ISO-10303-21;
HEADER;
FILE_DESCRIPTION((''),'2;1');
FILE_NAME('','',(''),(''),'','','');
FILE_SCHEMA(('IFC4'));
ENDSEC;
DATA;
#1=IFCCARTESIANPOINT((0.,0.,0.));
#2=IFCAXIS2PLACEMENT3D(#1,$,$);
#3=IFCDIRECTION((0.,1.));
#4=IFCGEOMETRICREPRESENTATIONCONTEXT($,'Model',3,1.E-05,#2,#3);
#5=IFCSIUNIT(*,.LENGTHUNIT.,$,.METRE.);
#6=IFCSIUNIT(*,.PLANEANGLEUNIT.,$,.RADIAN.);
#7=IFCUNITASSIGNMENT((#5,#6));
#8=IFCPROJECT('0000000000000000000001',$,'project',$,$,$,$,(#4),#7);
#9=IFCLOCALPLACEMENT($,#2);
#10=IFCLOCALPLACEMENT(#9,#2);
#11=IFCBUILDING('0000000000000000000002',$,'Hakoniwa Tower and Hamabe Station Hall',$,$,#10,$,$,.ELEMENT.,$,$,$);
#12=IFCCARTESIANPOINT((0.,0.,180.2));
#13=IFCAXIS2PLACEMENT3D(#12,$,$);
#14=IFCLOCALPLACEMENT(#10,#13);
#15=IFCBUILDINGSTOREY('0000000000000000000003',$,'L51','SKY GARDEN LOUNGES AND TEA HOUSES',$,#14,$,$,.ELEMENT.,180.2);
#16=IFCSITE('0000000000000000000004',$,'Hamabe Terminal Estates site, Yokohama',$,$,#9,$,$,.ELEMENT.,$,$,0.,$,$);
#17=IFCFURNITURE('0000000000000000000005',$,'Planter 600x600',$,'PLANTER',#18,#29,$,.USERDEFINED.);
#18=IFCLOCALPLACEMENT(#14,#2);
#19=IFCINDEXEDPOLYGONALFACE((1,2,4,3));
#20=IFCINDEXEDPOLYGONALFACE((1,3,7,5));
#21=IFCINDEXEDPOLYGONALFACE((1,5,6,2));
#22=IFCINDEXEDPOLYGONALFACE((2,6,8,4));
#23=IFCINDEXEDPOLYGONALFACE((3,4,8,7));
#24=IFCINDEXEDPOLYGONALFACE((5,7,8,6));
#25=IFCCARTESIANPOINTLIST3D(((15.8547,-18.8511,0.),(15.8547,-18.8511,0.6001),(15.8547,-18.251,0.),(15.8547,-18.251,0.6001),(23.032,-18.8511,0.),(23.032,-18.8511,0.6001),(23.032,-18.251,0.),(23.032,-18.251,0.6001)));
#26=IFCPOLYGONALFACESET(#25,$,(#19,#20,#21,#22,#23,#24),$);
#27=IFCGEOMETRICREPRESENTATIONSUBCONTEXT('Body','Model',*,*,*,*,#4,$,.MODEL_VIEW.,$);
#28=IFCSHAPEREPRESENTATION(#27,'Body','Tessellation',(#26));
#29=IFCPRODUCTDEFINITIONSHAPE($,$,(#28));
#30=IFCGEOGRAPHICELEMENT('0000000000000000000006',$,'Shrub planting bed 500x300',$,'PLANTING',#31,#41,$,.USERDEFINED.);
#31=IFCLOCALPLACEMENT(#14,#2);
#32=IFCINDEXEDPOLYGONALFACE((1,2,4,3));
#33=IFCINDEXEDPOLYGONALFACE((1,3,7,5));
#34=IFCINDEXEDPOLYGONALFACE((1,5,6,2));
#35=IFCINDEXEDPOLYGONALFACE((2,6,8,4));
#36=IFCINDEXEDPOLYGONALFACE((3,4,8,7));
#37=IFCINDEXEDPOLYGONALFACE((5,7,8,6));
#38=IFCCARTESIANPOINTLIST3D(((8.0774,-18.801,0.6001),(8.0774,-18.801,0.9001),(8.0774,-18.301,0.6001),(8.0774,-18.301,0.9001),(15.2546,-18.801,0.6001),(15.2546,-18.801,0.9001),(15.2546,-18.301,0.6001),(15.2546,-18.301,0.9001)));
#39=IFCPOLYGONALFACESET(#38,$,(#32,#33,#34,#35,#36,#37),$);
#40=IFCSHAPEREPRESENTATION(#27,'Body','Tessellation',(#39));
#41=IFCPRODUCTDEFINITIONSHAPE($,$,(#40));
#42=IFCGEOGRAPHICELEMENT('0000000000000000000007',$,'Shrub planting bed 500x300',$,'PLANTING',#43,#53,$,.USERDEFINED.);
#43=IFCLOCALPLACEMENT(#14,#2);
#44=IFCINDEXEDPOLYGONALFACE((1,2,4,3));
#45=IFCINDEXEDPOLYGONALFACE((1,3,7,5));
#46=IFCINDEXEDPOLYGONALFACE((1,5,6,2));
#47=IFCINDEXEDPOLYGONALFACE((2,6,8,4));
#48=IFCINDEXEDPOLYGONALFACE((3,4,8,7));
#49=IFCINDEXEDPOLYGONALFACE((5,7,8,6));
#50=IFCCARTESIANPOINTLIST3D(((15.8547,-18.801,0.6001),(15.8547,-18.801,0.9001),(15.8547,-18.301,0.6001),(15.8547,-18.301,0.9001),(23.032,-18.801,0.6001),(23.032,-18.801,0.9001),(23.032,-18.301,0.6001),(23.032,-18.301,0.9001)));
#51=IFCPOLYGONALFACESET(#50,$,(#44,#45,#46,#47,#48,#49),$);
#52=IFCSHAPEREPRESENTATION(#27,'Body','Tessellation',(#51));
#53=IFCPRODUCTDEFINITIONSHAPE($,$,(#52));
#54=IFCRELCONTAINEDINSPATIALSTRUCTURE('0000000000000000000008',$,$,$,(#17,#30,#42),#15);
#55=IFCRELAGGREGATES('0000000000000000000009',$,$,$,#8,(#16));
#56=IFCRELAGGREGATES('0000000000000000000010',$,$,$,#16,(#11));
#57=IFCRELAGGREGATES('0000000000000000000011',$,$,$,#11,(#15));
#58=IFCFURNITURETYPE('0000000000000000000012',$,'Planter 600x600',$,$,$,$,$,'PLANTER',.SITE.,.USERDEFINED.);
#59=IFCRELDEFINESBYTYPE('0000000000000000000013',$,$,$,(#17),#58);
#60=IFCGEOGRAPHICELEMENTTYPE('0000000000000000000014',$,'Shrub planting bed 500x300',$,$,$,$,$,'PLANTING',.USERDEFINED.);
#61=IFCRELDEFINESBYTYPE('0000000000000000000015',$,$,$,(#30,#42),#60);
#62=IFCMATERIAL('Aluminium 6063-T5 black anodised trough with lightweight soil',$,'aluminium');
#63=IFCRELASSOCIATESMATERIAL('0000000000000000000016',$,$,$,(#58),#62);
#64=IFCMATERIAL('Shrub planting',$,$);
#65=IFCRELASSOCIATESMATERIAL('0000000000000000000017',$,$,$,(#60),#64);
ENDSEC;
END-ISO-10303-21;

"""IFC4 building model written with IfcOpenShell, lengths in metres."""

from ifc_helpers import new_model, si_unit, direction, frame, origin, origin_2d, place, context, subcontext, project, spatial, rectangle, extrude, material, type_object, element, save


model = new_model("IFC4")

# Units and contexts
model_context = context("Model", 3, precision=1e-05, world=origin(), true_north=direction((0.0, 1.0)))
body_context = subcontext(model_context, "Body", "Model", "MODEL_VIEW")
ifc_project = project(units=[si_unit("LENGTHUNIT", "METRE"), si_unit("PLANEANGLEUNIT", "RADIAN")], contexts=[model_context])

# Site, building, storey
site_placement = place(None, origin())
site = spatial("IfcSite", under=ifc_project, at=site_placement, Name="Hamabe Terminal Estates site, Yokohama", CompositionType="ELEMENT", RefElevation=0.0)
building_placement = place(site_placement, origin())
building = spatial("IfcBuilding", under=site, at=building_placement, Name="Hakoniwa Tower and Hamabe Station Hall", CompositionType="ELEMENT")
storey_placement = place(building_placement, frame((0.0, 0.0, 180.2)))
storey = spatial("IfcBuildingStorey", under=building, at=storey_placement, Name="L51", Description="SKY GARDEN LOUNGES AND TEA HOUSES", CompositionType="ELEMENT", Elevation=180.2)

# Furniture
ifc_material_1 = material(Name="Aluminium 6063-T5 black anodised trough with lightweight soil", Category="aluminium")
furniture_type = type_object("IfcFurnitureType", Name="Planter 600x600", ElementType="PLANTER", AssemblyPlace="SITE", PredefinedType="USERDEFINED", material=ifc_material_1)
for number, where, z_axis, x_axis, name in (
    (1, (19.4434, -18.551, 0.0), (0.0, 0.0, 1.0), (1.0, 0.0, 0.0), "Planter 600x600"),
):
    element("IfcFurniture", number, at=place(storey_placement, frame(where, z_axis=z_axis, x_axis=x_axis)), inside=storey, type_object=furniture_type, Name=name, ObjectType="PLANTER", PredefinedType="USERDEFINED", context=body_context, shape_type="SweptSolid", body=[
        extrude(rectangle(XDim=7.1772, YDim=0.6001, at=origin_2d()), origin(), (0.0, 0.0, 1.0), 0.6001),
    ])

# Geographic elements
ifc_material_2 = material(Name="Shrub planting")
geographic_element_type = type_object("IfcGeographicElementType", Name="Shrub planting bed 500x300", ElementType="PLANTING", PredefinedType="USERDEFINED", material=ifc_material_2)
for number, where, z_axis, x_axis, name in (
    (2, (11.666, -18.551, 0.6001), (0.0, 0.0, 1.0), (1.0, 0.0, 0.0), "Shrub planting bed 500x300"),
    (3, (19.4434, -18.551, 0.6001), (0.0, 0.0, 1.0), (1.0, 0.0, 0.0), "Shrub planting bed 500x300"),
):
    element("IfcGeographicElement", number, at=place(storey_placement, frame(where, z_axis=z_axis, x_axis=x_axis)), inside=storey, type_object=geographic_element_type, Name=name, ObjectType="PLANTING", PredefinedType="USERDEFINED", context=body_context, shape_type="SweptSolid", body=[
        extrude(rectangle(XDim=7.1772, YDim=0.5, at=origin_2d()), origin(), (0.0, 0.0, 1.0), 0.3),
    ])

save(model, "model.ifc")
